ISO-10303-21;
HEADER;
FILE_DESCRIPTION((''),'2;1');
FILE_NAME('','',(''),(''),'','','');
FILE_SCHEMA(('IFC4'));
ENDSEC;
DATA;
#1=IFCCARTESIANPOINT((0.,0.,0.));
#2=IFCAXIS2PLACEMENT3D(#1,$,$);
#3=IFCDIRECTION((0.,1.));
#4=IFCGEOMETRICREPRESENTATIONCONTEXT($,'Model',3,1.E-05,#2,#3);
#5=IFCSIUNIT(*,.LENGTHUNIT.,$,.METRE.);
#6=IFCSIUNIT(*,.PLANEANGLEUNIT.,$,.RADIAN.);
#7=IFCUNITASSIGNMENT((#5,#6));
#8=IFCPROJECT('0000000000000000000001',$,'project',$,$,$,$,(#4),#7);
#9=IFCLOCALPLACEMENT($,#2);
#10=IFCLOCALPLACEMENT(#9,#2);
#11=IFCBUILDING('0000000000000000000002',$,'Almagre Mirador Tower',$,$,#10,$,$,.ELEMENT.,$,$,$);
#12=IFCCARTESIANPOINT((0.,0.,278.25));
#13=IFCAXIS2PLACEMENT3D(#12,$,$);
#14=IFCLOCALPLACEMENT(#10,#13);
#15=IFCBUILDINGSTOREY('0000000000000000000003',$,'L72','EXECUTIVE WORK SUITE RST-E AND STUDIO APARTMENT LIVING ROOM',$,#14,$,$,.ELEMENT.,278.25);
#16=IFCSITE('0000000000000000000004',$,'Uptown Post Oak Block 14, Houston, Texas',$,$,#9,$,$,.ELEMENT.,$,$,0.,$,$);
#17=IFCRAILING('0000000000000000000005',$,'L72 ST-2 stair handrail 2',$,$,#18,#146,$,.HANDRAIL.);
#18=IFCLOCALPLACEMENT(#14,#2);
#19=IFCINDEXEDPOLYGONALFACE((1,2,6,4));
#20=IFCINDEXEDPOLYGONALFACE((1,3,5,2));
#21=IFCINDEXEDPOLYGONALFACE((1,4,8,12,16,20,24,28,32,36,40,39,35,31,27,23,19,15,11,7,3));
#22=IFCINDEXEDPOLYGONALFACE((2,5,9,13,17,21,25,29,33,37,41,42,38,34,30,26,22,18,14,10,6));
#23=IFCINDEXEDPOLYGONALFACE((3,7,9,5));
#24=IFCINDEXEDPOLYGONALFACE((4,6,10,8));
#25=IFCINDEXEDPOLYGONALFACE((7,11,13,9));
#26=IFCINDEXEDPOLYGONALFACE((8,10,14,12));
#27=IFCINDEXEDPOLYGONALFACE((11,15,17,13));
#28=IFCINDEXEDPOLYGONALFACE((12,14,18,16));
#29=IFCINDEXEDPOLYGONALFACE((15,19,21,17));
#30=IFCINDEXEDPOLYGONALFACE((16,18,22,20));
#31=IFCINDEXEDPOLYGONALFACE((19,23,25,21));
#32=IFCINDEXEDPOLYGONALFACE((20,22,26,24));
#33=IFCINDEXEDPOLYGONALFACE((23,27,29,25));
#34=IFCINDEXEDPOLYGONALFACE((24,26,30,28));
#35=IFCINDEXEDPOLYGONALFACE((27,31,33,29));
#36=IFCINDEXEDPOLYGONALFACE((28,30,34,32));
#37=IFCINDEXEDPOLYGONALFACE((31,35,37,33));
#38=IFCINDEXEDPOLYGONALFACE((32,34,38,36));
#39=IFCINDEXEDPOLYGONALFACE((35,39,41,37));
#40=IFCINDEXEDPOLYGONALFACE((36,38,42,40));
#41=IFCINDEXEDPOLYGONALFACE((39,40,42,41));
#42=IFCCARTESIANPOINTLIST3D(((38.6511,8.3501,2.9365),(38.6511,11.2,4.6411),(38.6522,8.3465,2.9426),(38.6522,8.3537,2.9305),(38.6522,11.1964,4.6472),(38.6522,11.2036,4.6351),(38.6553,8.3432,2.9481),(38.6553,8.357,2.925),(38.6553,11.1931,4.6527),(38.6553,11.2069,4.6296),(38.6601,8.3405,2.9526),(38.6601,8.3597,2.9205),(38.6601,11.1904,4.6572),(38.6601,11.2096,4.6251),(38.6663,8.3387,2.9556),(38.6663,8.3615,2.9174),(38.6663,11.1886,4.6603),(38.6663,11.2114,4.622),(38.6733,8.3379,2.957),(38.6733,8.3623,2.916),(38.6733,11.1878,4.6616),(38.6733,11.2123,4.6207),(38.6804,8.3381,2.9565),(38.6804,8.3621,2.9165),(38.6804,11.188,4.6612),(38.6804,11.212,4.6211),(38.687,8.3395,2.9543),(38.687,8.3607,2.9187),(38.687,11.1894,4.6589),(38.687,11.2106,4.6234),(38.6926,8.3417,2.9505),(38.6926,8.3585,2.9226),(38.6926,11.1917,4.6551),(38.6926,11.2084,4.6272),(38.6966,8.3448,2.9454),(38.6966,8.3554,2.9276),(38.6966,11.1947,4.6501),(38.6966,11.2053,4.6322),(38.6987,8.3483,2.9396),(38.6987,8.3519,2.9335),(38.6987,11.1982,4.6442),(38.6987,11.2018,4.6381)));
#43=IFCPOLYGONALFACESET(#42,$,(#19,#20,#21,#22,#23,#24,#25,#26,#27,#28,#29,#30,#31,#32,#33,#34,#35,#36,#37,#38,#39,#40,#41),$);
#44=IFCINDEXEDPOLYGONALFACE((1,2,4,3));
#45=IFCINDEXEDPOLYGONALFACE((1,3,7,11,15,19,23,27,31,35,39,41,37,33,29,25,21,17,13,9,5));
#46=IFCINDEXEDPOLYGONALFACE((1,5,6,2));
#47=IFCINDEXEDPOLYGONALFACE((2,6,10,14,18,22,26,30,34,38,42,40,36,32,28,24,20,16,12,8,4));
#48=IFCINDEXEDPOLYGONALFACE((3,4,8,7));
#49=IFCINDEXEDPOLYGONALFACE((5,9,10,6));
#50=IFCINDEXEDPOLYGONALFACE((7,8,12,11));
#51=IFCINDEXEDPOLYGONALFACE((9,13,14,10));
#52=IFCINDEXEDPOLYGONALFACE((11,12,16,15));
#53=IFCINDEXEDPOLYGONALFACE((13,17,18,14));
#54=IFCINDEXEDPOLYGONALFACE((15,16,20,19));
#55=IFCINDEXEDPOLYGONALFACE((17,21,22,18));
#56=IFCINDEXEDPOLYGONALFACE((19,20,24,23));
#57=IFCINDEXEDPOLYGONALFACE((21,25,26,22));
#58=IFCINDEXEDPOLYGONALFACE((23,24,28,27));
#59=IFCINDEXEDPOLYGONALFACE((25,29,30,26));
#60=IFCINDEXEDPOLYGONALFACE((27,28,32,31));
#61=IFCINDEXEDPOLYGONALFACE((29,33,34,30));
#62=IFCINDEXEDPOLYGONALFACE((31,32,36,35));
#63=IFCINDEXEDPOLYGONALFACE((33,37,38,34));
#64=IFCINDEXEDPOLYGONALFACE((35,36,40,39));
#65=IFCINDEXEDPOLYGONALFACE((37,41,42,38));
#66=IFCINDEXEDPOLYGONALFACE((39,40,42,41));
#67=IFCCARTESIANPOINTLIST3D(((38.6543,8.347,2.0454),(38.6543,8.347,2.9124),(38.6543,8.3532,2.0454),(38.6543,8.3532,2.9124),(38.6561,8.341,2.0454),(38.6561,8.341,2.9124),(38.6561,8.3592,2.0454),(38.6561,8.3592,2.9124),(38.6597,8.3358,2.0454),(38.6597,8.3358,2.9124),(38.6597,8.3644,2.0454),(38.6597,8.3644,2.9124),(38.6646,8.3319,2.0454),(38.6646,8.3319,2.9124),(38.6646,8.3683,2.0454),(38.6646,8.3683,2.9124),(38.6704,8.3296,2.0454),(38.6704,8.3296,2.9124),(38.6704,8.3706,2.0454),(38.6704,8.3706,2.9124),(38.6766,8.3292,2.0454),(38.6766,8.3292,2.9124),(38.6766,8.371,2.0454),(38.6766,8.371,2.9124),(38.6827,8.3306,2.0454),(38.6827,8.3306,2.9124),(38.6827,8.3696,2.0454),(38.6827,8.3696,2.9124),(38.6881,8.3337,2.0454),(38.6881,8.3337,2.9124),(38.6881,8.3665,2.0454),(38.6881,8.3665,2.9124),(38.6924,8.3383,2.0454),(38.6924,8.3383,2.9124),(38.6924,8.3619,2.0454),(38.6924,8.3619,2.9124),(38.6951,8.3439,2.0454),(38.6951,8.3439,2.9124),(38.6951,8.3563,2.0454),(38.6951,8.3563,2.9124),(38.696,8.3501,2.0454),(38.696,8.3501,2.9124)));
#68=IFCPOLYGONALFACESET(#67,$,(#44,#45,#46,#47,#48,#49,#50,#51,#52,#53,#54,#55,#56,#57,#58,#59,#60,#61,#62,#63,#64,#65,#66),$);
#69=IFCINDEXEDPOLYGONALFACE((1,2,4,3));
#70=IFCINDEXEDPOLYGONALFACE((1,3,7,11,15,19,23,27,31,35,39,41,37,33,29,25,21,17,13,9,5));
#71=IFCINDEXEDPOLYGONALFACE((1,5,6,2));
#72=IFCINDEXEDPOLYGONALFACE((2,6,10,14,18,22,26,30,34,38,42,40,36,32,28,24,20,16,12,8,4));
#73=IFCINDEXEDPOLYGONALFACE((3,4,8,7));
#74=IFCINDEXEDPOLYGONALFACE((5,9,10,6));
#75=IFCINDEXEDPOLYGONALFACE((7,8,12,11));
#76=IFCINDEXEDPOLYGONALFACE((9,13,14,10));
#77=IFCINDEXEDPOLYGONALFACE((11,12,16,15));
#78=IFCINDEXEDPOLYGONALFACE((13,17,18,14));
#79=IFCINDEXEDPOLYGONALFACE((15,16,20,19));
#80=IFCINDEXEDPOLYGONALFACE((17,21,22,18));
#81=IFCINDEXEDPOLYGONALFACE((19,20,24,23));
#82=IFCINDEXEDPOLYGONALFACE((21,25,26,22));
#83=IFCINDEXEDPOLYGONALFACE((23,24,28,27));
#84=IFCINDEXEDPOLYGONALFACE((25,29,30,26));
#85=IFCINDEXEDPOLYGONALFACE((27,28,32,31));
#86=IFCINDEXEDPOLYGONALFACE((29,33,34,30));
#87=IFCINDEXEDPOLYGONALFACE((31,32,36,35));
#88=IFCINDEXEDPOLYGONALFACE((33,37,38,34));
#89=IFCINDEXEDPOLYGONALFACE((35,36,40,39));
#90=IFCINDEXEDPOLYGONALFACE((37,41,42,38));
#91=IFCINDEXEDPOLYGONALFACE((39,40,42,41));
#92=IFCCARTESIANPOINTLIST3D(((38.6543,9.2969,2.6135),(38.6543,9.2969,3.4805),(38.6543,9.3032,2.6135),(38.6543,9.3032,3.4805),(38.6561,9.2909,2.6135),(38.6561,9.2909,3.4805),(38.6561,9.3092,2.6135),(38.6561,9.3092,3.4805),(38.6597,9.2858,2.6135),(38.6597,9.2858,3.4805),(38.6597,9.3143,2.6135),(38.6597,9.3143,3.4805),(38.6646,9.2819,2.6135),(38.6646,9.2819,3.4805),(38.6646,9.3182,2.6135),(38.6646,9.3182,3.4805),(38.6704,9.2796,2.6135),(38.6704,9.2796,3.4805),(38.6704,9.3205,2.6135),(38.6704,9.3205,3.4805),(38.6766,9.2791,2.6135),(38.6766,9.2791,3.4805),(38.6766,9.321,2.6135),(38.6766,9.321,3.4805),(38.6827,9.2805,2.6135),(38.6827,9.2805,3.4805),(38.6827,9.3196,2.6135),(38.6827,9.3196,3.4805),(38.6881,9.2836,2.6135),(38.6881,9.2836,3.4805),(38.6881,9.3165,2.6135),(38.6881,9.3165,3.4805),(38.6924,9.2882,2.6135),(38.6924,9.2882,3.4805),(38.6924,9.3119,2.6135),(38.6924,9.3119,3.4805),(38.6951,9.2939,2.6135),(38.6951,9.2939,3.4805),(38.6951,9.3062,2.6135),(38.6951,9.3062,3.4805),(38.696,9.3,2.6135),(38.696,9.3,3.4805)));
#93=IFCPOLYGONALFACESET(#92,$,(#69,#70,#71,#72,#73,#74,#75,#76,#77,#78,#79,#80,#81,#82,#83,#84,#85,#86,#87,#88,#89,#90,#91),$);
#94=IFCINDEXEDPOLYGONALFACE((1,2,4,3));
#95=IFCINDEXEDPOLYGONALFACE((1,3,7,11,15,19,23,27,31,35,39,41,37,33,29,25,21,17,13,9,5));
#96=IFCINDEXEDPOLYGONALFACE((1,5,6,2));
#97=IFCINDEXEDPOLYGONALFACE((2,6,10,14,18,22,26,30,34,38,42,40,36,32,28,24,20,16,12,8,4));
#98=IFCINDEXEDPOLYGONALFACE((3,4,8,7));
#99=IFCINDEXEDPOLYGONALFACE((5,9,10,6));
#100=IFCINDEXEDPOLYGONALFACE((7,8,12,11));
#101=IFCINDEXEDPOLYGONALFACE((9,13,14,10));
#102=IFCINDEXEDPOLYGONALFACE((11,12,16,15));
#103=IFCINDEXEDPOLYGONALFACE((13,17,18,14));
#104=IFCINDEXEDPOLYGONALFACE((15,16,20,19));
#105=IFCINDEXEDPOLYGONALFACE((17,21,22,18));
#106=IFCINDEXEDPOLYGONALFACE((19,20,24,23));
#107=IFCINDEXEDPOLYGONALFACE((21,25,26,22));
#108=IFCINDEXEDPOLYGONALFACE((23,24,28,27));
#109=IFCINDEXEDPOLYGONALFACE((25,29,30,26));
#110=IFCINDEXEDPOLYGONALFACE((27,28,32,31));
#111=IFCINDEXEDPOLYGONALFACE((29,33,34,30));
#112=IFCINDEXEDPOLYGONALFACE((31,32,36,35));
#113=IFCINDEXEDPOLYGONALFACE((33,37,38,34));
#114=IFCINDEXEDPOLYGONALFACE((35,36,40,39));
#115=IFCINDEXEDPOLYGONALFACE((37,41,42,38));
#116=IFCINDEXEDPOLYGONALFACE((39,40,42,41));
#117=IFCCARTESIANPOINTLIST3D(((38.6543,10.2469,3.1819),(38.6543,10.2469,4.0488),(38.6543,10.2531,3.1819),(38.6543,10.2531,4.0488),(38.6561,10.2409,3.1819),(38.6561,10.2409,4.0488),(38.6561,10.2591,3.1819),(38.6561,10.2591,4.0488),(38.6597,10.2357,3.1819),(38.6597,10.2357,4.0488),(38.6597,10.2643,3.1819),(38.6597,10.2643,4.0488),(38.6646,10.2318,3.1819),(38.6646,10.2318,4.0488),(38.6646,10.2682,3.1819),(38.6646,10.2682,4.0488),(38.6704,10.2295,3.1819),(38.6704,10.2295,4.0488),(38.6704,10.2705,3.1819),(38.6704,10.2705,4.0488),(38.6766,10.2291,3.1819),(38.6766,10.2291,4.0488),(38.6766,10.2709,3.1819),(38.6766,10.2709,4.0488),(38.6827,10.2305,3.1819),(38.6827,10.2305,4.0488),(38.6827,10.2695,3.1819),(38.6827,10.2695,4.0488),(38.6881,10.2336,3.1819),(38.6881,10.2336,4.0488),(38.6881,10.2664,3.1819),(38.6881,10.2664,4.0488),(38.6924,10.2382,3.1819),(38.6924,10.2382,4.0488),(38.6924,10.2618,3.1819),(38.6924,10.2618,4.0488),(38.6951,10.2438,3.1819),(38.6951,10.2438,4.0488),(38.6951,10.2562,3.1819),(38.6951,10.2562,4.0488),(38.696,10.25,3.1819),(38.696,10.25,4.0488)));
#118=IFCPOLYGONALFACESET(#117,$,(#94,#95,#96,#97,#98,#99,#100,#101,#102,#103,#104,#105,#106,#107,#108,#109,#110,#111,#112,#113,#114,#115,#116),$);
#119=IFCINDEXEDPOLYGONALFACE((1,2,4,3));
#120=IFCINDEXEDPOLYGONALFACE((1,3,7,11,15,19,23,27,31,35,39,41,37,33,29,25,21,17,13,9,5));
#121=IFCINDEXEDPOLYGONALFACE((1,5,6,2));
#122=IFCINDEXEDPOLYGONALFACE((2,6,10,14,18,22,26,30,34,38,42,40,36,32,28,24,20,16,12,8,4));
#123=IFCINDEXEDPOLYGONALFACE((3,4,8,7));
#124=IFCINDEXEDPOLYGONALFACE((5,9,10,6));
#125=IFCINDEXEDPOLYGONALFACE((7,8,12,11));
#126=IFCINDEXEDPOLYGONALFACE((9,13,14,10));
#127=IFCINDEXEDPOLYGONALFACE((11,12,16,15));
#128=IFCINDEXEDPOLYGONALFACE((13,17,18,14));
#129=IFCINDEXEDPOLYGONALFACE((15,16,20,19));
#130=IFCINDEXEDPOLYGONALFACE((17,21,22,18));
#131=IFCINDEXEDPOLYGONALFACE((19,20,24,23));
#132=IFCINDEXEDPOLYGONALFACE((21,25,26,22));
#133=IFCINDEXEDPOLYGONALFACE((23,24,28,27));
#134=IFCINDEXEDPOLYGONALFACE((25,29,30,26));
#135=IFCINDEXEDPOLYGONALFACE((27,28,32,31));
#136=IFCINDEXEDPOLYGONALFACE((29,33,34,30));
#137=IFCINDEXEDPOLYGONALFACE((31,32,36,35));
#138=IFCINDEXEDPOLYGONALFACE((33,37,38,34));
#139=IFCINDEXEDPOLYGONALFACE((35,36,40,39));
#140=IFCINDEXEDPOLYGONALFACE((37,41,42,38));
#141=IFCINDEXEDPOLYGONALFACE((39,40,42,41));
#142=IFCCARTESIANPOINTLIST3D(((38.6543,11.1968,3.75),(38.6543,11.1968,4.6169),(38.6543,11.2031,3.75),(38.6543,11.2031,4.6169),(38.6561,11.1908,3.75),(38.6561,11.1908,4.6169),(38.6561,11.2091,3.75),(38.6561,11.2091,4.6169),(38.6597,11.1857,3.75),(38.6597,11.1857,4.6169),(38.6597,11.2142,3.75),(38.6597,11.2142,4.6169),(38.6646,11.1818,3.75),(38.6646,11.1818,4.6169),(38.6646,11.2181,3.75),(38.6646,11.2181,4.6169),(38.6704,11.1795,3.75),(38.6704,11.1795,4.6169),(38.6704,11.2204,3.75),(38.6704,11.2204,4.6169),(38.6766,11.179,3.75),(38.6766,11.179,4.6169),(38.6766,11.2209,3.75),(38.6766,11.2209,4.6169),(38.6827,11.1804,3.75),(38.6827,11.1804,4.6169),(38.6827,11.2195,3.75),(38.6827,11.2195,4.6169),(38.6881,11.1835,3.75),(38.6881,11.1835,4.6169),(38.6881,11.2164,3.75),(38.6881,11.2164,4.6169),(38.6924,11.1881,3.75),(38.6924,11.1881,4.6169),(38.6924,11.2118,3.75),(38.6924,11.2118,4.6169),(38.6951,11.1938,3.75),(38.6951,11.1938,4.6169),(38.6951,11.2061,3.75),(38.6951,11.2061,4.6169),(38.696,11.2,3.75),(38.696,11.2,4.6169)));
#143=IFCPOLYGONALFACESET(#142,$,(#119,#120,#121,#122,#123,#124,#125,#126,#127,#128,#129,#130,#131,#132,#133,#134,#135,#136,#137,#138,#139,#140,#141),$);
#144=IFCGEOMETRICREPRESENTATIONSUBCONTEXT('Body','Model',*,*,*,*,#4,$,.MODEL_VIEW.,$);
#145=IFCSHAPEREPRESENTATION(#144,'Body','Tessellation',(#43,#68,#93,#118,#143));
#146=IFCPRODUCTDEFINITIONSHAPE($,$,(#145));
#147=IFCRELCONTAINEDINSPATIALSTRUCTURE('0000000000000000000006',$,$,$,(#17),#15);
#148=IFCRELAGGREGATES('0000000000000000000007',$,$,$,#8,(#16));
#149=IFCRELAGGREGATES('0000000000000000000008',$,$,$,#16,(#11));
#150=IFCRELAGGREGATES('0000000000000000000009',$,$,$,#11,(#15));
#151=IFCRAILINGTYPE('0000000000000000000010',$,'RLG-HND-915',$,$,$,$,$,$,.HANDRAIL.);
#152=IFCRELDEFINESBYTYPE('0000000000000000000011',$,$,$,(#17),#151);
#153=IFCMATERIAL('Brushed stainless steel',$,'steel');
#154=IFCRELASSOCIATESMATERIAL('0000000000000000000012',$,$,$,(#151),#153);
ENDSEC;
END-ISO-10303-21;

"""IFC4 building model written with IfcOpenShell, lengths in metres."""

from ifc_helpers import new_model, si_unit, direction, frame, origin, origin_2d, place, context, subcontext, project, spatial, circle, extrude, material, type_object, element, save


model = new_model("IFC4")

# Units and contexts
model_context = context("Model", 3, precision=1e-05, world=origin(), true_north=direction((0.0, 1.0)))
body_context = subcontext(model_context, "Body", "Model", "MODEL_VIEW")
ifc_project = project(units=[si_unit("LENGTHUNIT", "METRE"), si_unit("PLANEANGLEUNIT", "RADIAN")], contexts=[model_context])

# Site, building, storey
site_placement = place(None, origin())
site = spatial("IfcSite", under=ifc_project, at=site_placement, Name="Uptown Post Oak Block 14, Houston, Texas", CompositionType="ELEMENT", RefElevation=0.0)
building_placement = place(site_placement, origin())
building = spatial("IfcBuilding", under=site, at=building_placement, Name="Almagre Mirador Tower", CompositionType="ELEMENT")
storey_placement = place(building_placement, frame((0.0, 0.0, 278.25)))
storey = spatial("IfcBuildingStorey", under=building, at=storey_placement, Name="L72", Description="EXECUTIVE WORK SUITE RST-E AND STUDIO APARTMENT LIVING ROOM", CompositionType="ELEMENT", Elevation=278.25)

# Railing
ifc_material_1 = material(Name="Brushed stainless steel", Category="steel")
railing_type_1 = type_object("IfcRailingType", Name="RLG-HND-915", PredefinedType="HANDRAIL", material=ifc_material_1)
railing_1_placement = place(storey_placement, frame((38.675, 8.3501, 2.0454)))
element("IfcRailing", 1, at=railing_1_placement, inside=storey, type_object=railing_type_1, Name="L72 ST-2 stair handrail 2", PredefinedType="HANDRAIL", context=body_context, shape_type="SweptSolid", body=[
    extrude(circle(Radius=0.0239, at=origin_2d()), frame((0.0, 0.0, 0.8911), z_axis=(0.0, 0.858199, 0.513317), x_axis=(-1.0, 0.0, 0.0)), (0.0, 0.0, 1.0), 3.3208),
    extrude(circle(Radius=0.021, at=origin_2d()), origin(), (0.0, 0.0, 1.0), 0.8669),
    extrude(circle(Radius=0.021, at=origin_2d()), frame((0.0, 0.95, 0.5681)), (0.0, 0.0, 1.0), 0.8669),
    extrude(circle(Radius=0.021, at=origin_2d()), frame((0.0, 1.8999, 1.1365)), (0.0, 0.0, 1.0), 0.8669),
    extrude(circle(Radius=0.021, at=origin_2d()), frame((0.0, 2.8499, 1.7046)), (0.0, 0.0, 1.0), 0.8669),
])

save(model, "model.ifc")
